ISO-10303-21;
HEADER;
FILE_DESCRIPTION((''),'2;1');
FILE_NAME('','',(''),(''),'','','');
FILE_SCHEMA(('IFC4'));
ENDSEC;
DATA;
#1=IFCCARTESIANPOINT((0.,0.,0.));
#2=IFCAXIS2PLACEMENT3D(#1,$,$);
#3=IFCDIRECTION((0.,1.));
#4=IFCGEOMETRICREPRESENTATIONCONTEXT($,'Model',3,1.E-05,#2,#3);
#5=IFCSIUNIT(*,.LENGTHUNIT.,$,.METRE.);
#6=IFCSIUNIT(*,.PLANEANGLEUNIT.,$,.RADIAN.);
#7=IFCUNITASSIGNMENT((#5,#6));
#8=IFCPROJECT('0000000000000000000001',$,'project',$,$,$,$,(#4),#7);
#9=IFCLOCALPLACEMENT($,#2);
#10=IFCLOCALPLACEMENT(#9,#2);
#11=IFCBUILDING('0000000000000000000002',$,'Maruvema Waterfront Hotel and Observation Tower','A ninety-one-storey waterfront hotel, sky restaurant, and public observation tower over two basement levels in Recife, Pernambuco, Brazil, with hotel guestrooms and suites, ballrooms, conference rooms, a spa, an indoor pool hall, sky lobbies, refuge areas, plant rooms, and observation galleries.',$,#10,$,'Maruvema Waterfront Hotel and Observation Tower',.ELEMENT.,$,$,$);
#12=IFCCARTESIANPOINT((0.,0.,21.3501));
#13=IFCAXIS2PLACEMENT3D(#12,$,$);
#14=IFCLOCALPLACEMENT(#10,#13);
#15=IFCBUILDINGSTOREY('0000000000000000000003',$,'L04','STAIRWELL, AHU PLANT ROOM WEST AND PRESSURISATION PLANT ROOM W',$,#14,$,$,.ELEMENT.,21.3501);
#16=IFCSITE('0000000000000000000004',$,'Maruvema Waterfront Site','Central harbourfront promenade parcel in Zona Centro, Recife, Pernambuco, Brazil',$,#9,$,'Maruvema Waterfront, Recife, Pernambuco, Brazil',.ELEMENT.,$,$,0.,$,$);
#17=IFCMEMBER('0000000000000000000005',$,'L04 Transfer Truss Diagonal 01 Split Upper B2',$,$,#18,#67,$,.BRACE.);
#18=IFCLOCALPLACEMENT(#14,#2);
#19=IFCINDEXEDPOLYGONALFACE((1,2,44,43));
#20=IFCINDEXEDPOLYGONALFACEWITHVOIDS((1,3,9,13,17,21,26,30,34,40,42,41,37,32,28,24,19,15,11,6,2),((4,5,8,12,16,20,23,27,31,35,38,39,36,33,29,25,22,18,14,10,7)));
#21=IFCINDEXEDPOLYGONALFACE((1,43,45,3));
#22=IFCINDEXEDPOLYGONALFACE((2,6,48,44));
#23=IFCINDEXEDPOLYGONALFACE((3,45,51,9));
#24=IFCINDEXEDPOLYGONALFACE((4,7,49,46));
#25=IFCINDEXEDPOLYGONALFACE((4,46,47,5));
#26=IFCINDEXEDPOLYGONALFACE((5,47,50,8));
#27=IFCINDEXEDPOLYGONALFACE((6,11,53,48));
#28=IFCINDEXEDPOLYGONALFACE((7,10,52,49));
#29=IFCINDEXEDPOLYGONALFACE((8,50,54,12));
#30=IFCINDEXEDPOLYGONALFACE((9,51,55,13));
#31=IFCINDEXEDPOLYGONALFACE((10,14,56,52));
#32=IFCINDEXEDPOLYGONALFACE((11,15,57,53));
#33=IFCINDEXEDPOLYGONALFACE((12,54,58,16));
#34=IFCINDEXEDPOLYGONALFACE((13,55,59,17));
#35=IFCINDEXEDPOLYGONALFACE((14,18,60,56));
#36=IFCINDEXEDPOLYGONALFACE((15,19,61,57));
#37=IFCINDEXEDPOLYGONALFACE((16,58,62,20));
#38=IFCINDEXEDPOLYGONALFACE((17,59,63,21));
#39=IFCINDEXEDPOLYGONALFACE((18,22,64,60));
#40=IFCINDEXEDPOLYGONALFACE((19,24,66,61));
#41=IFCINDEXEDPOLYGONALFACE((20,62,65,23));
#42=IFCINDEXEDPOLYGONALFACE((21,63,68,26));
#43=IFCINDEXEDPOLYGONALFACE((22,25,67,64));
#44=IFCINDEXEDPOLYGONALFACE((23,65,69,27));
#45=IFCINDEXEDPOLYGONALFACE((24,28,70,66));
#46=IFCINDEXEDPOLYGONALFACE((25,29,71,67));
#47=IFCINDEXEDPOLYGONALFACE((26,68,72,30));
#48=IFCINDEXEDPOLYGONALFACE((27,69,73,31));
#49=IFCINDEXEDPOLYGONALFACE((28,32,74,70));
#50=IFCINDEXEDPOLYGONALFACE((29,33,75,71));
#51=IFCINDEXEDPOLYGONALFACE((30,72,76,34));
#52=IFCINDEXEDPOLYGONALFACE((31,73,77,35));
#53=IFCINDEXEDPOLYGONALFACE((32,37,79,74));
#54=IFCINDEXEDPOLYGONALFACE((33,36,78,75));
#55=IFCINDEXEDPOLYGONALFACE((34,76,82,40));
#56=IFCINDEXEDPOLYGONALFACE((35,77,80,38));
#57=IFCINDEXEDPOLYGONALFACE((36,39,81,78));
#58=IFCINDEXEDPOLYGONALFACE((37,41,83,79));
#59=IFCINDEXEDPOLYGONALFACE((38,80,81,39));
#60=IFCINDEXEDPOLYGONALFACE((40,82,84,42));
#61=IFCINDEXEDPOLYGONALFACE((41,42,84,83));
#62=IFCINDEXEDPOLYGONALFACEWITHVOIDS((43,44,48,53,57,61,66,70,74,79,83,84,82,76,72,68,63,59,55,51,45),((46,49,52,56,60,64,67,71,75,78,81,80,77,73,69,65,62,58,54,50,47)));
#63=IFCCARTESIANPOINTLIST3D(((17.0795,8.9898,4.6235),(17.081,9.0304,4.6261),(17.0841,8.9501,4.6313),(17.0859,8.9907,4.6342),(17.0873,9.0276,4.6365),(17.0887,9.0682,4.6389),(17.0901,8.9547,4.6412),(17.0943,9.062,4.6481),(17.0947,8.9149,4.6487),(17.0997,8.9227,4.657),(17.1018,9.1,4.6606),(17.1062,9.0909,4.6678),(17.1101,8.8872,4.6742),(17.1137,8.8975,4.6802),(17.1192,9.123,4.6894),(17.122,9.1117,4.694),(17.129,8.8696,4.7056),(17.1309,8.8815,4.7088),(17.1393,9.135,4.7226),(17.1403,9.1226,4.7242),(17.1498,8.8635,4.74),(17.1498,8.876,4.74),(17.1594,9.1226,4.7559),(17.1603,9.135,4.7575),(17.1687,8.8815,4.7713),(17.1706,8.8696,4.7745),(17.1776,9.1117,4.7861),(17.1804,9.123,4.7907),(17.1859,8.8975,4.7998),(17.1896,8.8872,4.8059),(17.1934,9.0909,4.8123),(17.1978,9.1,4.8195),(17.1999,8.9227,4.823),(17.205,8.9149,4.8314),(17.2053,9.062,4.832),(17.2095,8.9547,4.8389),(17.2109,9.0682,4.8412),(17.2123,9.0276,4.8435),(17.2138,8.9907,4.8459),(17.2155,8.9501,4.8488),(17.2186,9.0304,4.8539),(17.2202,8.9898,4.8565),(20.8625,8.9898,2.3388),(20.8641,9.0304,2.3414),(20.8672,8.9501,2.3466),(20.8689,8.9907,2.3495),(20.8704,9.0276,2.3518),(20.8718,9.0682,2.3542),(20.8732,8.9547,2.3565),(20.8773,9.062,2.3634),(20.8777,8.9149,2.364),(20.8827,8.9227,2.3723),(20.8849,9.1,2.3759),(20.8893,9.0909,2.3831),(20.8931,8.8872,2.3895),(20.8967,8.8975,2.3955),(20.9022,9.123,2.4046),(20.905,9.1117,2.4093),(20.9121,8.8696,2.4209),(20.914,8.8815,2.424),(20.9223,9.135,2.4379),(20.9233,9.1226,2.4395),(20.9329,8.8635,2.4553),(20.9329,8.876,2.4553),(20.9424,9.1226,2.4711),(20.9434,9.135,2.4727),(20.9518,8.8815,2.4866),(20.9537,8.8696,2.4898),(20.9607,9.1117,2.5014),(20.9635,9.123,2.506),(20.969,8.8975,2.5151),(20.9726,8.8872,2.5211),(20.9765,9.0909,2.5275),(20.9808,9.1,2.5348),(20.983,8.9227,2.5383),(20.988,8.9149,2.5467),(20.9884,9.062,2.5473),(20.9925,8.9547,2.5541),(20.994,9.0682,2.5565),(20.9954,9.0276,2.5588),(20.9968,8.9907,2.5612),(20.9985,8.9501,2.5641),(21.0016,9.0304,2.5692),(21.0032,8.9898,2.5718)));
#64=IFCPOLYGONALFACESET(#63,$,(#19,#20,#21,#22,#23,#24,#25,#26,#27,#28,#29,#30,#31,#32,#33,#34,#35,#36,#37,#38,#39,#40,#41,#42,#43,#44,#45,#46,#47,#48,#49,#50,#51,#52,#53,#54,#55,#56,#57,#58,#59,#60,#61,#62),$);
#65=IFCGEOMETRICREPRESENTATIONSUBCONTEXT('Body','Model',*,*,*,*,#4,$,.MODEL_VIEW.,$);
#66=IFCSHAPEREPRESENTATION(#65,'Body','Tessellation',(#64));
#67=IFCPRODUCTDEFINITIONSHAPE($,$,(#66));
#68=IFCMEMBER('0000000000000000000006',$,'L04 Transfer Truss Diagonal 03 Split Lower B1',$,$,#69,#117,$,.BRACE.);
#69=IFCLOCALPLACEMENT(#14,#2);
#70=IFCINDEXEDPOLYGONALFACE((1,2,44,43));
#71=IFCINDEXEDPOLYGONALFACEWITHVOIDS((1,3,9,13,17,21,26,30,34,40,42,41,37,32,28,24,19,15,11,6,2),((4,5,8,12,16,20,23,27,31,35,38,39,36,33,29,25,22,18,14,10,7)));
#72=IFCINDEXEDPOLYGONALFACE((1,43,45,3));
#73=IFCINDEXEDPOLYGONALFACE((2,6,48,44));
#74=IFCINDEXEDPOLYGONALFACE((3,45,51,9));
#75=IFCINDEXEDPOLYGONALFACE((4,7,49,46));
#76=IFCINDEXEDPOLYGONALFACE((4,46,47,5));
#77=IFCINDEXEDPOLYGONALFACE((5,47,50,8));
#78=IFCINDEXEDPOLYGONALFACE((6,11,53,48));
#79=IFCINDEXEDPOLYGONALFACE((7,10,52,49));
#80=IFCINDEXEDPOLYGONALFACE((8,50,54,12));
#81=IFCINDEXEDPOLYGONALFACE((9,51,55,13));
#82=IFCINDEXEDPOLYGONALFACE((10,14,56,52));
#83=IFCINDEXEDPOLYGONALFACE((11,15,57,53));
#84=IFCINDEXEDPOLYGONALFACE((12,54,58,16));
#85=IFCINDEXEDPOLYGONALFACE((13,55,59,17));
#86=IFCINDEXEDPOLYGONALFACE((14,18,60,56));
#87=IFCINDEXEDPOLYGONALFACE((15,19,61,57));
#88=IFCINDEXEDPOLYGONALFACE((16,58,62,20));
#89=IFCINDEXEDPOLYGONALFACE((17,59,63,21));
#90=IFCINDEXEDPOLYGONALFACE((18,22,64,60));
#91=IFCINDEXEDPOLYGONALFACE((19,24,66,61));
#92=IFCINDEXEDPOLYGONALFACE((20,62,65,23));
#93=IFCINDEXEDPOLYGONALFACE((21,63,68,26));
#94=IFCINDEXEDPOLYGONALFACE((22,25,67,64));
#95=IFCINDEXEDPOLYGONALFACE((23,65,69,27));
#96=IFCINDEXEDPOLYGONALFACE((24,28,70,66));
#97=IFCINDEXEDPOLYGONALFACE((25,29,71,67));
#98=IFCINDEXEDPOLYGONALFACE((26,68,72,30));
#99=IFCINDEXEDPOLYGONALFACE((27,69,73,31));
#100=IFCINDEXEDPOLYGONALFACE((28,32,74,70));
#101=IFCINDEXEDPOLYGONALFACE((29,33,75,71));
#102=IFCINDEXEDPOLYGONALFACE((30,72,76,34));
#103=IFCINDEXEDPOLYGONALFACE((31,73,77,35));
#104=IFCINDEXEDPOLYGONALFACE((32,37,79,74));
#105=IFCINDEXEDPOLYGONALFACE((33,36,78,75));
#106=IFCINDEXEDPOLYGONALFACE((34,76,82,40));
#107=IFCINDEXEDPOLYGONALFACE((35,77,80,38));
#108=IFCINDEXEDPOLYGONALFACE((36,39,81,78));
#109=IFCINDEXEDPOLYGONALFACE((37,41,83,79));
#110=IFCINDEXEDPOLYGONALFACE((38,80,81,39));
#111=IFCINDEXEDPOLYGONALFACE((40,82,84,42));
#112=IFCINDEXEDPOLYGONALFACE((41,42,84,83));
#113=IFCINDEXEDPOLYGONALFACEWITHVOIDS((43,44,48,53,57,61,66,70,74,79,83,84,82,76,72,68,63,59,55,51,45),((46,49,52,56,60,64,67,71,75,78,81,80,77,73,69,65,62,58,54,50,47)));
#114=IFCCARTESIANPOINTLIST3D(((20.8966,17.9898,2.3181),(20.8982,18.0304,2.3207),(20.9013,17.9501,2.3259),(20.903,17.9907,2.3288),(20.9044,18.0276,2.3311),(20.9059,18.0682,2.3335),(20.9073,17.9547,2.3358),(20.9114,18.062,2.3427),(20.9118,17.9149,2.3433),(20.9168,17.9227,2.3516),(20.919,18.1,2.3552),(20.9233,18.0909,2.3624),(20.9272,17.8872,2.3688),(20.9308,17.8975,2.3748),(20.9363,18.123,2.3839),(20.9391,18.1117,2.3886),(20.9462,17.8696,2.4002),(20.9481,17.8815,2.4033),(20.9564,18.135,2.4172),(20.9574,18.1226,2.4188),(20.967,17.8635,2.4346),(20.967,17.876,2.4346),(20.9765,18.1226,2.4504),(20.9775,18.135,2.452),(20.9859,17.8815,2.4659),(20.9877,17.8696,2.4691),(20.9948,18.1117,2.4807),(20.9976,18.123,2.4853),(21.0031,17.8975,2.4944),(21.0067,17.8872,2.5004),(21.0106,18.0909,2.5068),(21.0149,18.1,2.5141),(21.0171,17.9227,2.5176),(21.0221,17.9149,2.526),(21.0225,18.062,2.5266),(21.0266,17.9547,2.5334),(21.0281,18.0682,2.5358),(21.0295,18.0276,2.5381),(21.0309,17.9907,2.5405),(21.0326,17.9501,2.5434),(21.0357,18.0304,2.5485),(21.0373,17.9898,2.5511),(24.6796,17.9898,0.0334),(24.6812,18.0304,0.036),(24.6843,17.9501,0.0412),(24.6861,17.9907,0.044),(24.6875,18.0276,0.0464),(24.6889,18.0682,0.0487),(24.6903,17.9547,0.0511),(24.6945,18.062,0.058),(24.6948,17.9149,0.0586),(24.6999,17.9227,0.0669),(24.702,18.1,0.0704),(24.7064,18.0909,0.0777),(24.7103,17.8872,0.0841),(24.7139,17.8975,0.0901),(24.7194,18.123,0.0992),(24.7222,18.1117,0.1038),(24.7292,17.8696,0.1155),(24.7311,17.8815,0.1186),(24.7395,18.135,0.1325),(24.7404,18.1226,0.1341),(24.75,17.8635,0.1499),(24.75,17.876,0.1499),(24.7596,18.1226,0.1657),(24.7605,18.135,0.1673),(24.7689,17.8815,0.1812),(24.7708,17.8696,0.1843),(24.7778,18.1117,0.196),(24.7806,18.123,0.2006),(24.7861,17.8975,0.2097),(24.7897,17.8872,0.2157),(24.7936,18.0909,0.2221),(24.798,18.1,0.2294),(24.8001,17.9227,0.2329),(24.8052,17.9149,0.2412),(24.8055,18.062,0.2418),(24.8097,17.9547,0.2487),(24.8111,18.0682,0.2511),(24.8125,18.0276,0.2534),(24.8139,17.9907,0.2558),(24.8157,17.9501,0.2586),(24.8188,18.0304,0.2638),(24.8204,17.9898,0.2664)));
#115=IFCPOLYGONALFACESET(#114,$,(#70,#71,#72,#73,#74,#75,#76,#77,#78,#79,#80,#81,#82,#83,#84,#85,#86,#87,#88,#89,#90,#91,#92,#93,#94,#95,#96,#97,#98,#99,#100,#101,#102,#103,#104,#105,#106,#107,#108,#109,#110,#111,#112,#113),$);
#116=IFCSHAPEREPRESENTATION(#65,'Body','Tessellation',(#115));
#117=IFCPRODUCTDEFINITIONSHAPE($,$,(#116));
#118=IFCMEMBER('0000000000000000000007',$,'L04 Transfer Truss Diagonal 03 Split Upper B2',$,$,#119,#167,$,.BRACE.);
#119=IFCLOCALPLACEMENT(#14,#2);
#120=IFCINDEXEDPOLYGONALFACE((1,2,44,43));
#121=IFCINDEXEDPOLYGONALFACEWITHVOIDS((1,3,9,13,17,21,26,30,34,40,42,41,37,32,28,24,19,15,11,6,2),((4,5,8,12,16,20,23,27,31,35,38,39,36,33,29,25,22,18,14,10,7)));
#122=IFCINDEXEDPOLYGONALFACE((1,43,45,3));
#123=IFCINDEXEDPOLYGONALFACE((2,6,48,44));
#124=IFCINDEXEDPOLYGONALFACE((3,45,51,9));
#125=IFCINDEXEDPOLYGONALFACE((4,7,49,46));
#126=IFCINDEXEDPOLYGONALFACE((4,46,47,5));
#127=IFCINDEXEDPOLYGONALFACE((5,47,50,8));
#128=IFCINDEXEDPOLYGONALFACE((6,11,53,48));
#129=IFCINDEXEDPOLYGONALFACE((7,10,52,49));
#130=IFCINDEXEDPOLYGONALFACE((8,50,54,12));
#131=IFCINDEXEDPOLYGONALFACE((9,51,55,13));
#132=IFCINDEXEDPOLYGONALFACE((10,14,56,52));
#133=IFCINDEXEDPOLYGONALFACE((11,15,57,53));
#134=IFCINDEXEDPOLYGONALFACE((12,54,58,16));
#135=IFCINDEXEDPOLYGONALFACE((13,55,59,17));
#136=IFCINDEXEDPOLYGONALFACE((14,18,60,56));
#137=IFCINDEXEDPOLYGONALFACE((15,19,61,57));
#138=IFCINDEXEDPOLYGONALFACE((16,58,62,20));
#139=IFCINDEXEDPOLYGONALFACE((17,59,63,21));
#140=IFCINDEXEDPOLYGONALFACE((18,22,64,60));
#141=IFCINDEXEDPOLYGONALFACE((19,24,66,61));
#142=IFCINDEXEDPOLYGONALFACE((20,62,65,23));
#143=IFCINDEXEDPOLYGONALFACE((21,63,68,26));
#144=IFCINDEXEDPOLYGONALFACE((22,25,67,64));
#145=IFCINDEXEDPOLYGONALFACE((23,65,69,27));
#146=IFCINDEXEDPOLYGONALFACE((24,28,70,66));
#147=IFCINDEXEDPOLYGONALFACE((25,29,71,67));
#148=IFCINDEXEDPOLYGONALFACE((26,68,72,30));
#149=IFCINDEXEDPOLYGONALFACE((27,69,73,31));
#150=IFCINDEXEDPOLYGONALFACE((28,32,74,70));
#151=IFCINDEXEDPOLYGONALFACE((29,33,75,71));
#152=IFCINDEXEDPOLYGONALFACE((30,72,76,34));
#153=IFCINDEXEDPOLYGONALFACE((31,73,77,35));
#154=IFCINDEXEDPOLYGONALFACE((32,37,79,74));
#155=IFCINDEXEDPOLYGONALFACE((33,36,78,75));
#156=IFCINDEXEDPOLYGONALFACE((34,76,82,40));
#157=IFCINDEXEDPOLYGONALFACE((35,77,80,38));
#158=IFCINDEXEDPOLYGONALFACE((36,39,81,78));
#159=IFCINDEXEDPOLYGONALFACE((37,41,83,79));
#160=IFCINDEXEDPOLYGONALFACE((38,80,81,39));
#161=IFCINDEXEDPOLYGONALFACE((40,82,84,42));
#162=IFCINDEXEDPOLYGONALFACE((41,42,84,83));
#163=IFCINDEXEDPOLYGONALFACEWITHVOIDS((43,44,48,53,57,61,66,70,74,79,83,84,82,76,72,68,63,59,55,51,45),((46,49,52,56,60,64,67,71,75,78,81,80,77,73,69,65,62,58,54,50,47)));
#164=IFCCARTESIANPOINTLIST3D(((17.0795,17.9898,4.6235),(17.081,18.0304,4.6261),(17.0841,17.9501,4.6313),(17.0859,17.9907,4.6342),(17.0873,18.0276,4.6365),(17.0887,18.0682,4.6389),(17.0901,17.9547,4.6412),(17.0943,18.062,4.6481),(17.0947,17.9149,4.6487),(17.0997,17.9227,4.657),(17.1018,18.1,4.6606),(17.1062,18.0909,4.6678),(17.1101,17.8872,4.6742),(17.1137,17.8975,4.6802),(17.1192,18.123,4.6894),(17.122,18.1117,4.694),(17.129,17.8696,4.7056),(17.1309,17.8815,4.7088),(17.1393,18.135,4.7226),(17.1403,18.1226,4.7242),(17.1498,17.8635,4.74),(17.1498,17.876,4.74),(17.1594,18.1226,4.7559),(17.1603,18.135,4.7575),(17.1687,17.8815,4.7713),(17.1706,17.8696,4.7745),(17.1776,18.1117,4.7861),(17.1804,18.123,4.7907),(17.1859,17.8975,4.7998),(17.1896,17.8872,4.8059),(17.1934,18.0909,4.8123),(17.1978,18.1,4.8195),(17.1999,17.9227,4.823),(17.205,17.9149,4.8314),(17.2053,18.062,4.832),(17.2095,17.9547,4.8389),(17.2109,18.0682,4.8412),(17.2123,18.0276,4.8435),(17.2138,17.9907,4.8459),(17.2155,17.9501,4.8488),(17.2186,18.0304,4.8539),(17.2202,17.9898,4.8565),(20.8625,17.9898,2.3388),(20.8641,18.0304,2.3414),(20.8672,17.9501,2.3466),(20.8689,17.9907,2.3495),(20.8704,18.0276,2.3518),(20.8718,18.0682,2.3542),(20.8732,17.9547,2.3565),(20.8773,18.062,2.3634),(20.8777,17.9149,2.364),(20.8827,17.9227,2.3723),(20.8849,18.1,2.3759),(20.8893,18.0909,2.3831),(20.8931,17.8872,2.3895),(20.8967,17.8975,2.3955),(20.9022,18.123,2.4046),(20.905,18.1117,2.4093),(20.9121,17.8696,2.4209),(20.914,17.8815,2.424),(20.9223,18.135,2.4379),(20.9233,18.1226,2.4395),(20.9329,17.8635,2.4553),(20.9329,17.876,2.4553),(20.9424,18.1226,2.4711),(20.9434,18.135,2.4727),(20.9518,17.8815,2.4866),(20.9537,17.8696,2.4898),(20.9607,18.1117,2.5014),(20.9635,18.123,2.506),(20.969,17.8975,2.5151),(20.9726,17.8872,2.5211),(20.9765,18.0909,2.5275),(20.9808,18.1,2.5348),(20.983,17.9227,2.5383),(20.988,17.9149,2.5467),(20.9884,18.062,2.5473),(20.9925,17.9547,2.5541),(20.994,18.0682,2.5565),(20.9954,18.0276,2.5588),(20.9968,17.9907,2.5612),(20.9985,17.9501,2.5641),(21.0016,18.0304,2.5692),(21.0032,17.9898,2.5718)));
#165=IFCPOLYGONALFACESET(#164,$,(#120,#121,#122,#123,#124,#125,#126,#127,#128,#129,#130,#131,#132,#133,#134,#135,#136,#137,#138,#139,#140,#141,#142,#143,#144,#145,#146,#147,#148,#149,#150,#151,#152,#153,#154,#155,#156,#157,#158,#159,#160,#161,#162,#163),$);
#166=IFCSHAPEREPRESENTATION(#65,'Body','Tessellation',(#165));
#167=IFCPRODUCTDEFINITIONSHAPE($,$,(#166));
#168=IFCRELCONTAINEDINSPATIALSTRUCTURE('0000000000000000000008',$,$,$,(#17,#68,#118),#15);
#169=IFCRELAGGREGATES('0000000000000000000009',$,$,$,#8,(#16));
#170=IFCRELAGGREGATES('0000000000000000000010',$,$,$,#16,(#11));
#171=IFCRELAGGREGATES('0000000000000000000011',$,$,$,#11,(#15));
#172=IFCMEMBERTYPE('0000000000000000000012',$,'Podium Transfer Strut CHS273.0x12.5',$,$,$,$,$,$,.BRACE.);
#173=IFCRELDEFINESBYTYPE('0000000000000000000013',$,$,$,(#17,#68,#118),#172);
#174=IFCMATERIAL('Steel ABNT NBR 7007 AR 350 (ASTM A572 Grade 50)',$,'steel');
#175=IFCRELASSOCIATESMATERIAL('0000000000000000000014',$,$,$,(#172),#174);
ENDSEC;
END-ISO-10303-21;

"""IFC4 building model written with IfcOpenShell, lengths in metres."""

from ifc_helpers import new_model, si_unit, direction, frame, origin, origin_2d, place, context, subcontext, project, spatial, hollow_circle, extrude, material, material_profile, profile_set, type_object, element, save


model = new_model("IFC4")

# Units and contexts
model_context = context("Model", 3, precision=1e-05, world=origin(), true_north=direction((0.0, 1.0)))
body_context = subcontext(model_context, "Body", "Model", "MODEL_VIEW")
ifc_project = project(units=[si_unit("LENGTHUNIT", "METRE"), si_unit("PLANEANGLEUNIT", "RADIAN")], contexts=[model_context])

# Site, building, storey
site_placement = place(None, origin())
site = spatial("IfcSite", under=ifc_project, at=site_placement, Name="Maruvema Waterfront Site", Description="Central harbourfront promenade parcel in Zona Centro, Recife, Pernambuco, Brazil", LongName="Maruvema Waterfront, Recife, Pernambuco, Brazil", CompositionType="ELEMENT", RefElevation=0.0)
building_placement = place(site_placement, origin())
building = spatial("IfcBuilding", under=site, at=building_placement, Name="Maruvema Waterfront Hotel and Observation Tower", Description="A ninety-one-storey waterfront hotel, sky restaurant, and public observation tower over two basement levels in Recife, Pernambuco, Brazil, with hotel guestrooms and suites, ballrooms, conference rooms, a spa, an indoor pool hall, sky lobbies, refuge areas, plant rooms, and observation galleries.", LongName="Maruvema Waterfront Hotel and Observation Tower", CompositionType="ELEMENT")
storey_placement = place(building_placement, frame((0.0, 0.0, 21.3501)))
storey = spatial("IfcBuildingStorey", under=building, at=storey_placement, Name="L04", Description="STAIRWELL, AHU PLANT ROOM WEST AND PRESSURISATION PLANT ROOM W", CompositionType="ELEMENT", Elevation=21.3501)

# Members
ifc_material_1 = material(Name="Steel ABNT NBR 7007 AR 350 (ASTM A572 Grade 50)", Category="steel")
ifc_material_profile_1 = material_profile(ifc_material_1, hollow_circle(Radius=0.1365, WallThickness=0.0125, at=origin_2d()), Name="CHS273.0x12.5")
ifc_profile_set_1 = profile_set([ifc_material_profile_1], Name="Steel ABNT NBR 7007 AR 350 (ASTM A572 Grade 50)")
member_type = type_object("IfcMemberType", Name="Podium Transfer Strut CHS273.0x12.5", PredefinedType="BRACE", material=ifc_profile_set_1)
for number, where, z_axis, x_axis, name in (
    (1, (20.9329, 9.0, 2.4553), (-0.856003, 0.0, 0.516971), (0.0, -1.0, 0.0), "L04 Transfer Truss Diagonal 01 Split Upper B2"),
    (2, (24.75, 18.0, 0.1499), (-0.856003, 0.0, 0.516971), (0.0, -1.0, 0.0), "L04 Transfer Truss Diagonal 03 Split Lower B1"),
    (3, (20.9329, 18.0, 2.4553), (-0.856003, 0.0, 0.516971), (0.0, -1.0, 0.0), "L04 Transfer Truss Diagonal 03 Split Upper B2"),
):
    element("IfcMember", number, at=place(storey_placement, frame(where, z_axis=z_axis, x_axis=x_axis)), inside=storey, type_object=member_type, Name=name, PredefinedType="BRACE", context=body_context, shape_type="SweptSolid", body=[
        extrude(hollow_circle(Radius=0.1365, WallThickness=0.0125, at=origin_2d()), origin(), (0.0, 0.0, 1.0), 4.4194),
    ])

save(model, "model.ifc")
